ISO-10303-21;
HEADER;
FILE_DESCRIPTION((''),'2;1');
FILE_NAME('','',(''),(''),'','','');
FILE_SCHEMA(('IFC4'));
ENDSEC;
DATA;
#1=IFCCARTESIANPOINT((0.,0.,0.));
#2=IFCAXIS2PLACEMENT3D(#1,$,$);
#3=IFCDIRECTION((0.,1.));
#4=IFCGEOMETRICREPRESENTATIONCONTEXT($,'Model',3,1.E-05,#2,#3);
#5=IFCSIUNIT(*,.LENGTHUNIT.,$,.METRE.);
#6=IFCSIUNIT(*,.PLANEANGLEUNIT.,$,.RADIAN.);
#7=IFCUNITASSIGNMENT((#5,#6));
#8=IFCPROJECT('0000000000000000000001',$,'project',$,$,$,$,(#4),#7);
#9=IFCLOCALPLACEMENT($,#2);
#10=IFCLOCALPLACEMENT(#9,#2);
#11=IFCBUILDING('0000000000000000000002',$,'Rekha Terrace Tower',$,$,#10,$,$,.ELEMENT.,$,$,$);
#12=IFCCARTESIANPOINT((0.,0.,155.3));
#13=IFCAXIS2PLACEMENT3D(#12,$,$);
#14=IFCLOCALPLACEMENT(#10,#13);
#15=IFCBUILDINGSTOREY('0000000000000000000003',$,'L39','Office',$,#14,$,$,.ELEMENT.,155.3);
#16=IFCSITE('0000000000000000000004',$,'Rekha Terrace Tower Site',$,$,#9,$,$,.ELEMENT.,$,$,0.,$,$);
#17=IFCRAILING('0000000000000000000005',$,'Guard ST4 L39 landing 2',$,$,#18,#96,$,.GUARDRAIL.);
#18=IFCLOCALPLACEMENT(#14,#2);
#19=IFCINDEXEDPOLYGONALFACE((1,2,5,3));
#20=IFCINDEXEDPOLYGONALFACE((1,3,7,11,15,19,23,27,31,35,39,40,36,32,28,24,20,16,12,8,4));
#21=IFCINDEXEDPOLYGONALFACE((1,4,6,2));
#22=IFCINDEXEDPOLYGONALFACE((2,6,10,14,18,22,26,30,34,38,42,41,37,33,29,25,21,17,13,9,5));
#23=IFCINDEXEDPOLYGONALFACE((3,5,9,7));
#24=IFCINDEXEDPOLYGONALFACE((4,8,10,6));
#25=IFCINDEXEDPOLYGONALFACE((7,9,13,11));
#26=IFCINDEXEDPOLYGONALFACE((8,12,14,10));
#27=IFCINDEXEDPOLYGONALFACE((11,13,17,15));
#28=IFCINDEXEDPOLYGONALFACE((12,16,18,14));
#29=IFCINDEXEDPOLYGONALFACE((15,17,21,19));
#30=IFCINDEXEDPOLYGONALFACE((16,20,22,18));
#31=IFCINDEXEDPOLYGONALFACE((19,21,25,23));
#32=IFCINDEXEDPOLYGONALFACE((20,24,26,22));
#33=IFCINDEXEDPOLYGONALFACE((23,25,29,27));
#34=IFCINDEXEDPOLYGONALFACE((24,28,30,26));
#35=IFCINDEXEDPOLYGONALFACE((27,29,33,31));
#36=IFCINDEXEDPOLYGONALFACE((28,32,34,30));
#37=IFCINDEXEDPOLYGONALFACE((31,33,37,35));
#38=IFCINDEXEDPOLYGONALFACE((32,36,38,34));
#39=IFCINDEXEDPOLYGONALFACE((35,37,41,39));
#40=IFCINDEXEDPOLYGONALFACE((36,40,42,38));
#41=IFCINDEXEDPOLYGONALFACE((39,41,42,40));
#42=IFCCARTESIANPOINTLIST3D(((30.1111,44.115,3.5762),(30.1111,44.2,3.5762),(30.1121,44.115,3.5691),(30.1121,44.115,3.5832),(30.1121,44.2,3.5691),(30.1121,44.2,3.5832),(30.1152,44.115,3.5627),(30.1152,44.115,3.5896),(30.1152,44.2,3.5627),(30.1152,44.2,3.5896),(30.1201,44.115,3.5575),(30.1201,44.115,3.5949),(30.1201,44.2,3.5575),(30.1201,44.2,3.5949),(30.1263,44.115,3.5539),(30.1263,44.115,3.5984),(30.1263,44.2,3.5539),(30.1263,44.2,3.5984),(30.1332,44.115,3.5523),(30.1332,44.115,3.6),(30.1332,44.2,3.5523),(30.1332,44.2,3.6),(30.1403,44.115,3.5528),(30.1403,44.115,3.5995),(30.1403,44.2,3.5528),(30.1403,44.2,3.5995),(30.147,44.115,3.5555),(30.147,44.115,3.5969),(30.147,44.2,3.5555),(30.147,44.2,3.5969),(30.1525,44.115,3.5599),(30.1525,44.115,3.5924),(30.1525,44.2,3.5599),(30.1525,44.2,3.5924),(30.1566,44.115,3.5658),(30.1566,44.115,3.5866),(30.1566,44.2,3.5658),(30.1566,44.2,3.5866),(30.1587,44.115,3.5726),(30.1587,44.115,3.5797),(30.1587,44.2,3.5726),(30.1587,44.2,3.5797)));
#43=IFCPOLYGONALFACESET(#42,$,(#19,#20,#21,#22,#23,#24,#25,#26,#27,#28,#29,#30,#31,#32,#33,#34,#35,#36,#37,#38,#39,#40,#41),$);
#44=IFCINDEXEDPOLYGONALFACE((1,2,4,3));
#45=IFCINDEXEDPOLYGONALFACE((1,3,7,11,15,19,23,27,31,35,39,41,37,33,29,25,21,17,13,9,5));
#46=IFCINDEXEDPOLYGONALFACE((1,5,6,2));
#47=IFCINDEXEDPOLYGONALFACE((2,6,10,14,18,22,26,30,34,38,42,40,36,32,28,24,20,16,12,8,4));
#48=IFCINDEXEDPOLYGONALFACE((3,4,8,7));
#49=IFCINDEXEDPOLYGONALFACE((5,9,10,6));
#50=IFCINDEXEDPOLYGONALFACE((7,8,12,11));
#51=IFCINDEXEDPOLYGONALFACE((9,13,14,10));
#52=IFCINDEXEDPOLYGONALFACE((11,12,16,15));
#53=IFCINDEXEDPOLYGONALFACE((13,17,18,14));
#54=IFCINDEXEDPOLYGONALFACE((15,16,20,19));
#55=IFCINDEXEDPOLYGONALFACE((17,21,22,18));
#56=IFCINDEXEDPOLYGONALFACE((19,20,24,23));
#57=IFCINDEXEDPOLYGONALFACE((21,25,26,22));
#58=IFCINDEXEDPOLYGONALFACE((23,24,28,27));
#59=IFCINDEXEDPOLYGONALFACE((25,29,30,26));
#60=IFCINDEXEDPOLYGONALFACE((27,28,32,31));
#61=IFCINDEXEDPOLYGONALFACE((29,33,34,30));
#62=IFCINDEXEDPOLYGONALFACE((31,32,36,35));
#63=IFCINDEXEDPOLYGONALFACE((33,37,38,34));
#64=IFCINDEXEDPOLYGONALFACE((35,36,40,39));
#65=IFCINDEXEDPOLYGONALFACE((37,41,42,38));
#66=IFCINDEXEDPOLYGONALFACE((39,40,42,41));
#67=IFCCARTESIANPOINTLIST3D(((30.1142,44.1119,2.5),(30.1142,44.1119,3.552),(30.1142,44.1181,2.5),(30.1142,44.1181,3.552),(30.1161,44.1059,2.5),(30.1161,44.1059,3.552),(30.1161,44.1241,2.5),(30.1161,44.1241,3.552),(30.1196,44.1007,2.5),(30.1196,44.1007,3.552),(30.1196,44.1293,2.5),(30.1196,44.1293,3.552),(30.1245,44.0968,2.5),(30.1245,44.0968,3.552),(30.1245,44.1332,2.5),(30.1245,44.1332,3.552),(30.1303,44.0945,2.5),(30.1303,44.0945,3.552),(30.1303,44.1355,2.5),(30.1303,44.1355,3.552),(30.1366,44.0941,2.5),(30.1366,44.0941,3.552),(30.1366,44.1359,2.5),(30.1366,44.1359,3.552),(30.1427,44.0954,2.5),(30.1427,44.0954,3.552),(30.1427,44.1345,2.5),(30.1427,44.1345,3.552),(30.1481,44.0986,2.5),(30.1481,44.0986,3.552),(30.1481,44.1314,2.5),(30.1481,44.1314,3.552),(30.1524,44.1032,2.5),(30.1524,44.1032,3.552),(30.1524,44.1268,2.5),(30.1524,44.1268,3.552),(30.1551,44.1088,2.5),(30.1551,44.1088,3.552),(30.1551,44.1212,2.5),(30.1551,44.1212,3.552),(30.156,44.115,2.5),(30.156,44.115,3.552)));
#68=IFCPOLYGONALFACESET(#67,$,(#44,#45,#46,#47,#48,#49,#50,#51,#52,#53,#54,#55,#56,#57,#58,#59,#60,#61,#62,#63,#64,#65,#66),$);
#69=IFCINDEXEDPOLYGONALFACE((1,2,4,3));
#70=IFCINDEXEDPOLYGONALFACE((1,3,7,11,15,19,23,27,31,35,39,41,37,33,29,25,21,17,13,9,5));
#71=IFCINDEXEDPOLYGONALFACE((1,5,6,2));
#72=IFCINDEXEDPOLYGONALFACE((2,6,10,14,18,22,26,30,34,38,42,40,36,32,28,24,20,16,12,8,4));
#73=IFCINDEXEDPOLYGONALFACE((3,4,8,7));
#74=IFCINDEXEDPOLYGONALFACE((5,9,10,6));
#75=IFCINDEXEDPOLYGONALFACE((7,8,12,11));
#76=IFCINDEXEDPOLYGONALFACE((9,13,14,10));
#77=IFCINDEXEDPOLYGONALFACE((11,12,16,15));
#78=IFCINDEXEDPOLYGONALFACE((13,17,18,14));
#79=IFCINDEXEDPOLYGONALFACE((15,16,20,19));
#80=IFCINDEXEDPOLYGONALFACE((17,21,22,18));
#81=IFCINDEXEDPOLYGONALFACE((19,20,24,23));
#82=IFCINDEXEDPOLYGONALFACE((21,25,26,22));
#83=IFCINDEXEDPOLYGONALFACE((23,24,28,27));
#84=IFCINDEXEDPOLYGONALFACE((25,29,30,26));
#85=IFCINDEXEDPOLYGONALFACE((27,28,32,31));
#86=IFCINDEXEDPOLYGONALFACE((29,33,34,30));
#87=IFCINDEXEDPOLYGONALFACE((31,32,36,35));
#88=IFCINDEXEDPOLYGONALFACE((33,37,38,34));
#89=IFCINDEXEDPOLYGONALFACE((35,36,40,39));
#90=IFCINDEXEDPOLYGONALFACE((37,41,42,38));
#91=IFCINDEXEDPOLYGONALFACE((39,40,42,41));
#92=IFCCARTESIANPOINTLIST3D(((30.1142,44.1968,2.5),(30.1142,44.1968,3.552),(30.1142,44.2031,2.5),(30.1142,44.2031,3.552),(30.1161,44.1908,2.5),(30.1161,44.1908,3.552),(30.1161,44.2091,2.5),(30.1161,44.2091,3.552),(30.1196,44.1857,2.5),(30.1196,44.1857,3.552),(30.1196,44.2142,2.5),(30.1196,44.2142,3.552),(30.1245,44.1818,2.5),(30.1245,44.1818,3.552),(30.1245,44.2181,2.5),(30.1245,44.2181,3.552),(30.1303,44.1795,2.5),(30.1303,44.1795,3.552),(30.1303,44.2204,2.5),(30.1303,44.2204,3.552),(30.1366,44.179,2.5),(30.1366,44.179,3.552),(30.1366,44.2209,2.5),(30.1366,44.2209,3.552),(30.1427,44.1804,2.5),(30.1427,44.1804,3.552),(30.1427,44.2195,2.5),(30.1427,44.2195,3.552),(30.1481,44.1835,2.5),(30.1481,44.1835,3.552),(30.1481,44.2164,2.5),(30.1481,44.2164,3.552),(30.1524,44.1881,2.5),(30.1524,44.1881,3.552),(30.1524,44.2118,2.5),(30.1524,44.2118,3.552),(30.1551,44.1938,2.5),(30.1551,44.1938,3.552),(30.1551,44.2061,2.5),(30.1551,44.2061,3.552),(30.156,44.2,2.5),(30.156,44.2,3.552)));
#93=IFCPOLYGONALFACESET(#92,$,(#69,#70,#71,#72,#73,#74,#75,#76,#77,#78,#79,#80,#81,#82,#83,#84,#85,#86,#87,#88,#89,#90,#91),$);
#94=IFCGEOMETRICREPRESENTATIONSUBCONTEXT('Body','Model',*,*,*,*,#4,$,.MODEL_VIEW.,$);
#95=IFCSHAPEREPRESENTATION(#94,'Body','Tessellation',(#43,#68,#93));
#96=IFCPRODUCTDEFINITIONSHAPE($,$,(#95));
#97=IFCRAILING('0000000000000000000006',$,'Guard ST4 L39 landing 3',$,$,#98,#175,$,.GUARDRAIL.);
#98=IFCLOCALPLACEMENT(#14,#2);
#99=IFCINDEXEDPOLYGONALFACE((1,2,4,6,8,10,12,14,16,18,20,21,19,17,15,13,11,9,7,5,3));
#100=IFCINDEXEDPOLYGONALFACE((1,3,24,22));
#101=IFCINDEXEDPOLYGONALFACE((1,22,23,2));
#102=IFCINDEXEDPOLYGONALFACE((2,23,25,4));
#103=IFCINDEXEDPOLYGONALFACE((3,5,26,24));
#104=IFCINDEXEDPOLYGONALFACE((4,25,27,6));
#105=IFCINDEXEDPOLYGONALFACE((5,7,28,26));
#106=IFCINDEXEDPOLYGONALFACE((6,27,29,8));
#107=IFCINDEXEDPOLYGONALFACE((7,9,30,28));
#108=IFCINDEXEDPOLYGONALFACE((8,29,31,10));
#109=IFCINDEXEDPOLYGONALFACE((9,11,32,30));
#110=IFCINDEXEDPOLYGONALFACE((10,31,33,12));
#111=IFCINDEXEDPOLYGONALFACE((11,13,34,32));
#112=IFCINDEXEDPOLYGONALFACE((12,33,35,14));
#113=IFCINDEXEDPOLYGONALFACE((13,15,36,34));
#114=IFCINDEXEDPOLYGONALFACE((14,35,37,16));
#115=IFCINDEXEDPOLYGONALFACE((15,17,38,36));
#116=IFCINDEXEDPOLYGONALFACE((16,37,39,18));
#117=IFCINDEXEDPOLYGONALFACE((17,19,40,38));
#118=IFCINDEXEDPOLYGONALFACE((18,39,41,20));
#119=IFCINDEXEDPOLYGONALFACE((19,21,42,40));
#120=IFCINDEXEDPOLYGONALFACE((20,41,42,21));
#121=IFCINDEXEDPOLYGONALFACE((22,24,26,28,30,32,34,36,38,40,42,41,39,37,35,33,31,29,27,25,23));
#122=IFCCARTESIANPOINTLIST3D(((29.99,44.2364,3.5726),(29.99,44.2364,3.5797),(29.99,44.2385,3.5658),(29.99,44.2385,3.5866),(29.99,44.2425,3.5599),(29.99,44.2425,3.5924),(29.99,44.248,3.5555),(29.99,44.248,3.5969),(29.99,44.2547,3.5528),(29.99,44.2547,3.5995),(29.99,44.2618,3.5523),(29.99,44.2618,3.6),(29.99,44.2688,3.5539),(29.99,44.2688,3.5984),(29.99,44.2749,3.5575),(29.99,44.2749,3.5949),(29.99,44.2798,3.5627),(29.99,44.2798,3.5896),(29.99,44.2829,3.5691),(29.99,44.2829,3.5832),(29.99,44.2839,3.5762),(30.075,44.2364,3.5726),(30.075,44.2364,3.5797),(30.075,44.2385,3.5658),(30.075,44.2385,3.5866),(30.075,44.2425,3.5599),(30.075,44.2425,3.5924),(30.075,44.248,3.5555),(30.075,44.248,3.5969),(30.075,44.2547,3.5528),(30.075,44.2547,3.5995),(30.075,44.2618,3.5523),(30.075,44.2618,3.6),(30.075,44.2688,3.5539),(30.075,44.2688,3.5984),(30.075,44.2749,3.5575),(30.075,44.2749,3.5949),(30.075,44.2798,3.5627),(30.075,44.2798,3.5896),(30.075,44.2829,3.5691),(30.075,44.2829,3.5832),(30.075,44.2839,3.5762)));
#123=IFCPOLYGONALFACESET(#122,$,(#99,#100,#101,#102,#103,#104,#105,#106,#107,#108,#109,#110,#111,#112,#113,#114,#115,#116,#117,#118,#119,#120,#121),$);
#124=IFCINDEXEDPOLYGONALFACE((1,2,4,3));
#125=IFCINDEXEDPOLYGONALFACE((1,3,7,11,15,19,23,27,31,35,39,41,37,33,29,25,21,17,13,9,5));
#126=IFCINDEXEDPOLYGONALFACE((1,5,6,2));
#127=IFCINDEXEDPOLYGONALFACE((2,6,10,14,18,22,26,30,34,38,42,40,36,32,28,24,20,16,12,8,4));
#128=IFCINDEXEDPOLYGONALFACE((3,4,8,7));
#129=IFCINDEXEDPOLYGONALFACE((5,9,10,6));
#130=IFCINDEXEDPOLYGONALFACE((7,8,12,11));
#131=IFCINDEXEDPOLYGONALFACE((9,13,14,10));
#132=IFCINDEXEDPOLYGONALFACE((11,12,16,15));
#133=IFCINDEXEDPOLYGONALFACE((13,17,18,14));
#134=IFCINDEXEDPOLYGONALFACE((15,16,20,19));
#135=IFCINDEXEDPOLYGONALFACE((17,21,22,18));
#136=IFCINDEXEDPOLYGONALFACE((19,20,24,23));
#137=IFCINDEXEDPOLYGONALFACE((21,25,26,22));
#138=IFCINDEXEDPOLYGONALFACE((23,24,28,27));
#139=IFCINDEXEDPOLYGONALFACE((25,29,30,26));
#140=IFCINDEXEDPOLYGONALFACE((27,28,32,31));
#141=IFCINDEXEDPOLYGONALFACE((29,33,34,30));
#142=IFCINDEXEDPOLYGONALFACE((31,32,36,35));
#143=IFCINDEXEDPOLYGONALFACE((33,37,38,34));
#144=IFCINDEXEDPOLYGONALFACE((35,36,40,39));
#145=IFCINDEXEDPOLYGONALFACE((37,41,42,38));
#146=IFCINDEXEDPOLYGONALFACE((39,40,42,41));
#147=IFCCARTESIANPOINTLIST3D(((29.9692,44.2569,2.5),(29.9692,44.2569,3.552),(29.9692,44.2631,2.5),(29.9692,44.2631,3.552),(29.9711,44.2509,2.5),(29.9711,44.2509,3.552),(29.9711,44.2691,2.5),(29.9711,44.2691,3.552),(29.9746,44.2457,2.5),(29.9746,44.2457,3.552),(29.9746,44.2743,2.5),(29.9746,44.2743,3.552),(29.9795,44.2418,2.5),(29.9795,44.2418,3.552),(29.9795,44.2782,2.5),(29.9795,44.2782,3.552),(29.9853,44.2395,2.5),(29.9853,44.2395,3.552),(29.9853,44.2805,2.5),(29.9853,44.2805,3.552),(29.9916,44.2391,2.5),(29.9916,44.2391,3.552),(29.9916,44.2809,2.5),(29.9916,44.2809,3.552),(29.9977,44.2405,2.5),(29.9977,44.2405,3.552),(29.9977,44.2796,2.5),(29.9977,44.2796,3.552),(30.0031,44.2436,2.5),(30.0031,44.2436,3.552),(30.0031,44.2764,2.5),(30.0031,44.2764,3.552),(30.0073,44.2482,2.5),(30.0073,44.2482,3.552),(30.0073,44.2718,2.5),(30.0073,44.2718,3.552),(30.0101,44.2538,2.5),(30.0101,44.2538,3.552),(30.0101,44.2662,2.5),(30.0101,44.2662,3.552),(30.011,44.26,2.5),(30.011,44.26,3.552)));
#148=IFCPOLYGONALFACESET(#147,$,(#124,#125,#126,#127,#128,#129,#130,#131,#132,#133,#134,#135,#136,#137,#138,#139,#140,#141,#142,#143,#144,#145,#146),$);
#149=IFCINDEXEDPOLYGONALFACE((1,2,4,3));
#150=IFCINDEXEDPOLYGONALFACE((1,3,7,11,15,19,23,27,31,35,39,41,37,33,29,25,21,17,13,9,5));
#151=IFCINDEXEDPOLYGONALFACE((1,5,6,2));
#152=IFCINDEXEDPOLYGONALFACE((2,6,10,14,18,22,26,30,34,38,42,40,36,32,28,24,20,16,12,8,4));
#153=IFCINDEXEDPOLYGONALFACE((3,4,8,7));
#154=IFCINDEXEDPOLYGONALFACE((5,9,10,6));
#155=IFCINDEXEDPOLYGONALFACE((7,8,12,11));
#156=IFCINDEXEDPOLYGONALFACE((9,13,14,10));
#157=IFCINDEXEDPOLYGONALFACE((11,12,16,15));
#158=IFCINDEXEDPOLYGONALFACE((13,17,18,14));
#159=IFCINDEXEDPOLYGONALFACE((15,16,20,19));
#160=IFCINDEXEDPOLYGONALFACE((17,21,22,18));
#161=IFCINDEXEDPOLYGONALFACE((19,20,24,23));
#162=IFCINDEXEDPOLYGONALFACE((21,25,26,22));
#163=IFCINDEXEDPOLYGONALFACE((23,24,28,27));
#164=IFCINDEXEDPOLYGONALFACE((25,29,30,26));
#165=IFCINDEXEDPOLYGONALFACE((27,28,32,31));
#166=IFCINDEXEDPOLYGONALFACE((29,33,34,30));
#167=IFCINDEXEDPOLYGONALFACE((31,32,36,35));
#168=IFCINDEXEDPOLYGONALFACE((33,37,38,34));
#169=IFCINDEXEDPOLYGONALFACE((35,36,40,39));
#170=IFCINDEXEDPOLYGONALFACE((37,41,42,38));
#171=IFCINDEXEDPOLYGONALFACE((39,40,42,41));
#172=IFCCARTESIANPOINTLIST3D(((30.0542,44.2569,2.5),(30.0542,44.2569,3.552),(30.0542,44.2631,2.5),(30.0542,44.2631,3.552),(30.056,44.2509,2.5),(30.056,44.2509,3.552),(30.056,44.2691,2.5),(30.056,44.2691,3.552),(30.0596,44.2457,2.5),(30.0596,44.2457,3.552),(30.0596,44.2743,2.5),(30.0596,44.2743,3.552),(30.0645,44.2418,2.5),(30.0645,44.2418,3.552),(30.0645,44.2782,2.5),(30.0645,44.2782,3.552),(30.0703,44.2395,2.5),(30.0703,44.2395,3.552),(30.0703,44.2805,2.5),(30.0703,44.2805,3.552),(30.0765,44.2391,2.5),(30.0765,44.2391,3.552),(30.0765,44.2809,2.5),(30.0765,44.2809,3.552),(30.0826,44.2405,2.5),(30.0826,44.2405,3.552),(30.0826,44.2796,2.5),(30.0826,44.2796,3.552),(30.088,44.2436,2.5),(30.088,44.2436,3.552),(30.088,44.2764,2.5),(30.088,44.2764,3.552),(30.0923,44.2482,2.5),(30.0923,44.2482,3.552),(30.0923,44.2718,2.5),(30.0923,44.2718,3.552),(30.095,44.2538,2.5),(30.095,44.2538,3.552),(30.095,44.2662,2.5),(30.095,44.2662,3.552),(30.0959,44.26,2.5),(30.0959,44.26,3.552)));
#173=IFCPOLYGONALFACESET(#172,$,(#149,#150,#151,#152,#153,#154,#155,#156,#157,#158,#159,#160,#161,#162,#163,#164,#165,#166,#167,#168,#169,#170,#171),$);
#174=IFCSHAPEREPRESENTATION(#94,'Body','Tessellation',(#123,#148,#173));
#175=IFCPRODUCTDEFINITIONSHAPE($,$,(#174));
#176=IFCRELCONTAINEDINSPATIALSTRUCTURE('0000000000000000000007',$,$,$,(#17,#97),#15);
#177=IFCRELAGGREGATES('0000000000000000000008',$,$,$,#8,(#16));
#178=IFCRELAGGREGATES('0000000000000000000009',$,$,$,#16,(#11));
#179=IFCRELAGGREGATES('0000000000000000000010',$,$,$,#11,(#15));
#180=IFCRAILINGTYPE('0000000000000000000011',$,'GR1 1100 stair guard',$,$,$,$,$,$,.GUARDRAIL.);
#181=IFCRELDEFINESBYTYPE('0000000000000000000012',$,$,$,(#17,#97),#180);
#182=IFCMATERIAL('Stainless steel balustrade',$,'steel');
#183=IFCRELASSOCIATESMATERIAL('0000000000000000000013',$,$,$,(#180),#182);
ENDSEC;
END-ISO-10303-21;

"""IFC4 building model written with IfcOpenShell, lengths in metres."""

from ifc_helpers import new_model, si_unit, direction, frame, origin, origin_2d, place, context, subcontext, project, spatial, circle, extrude, material, type_object, element, save


model = new_model("IFC4")

# Units and contexts
model_context = context("Model", 3, precision=1e-05, world=origin(), true_north=direction((0.0, 1.0)))
body_context = subcontext(model_context, "Body", "Model", "MODEL_VIEW")
ifc_project = project(units=[si_unit("LENGTHUNIT", "METRE"), si_unit("PLANEANGLEUNIT", "RADIAN")], contexts=[model_context])

# Site, building, storey
site_placement = place(None, origin())
site = spatial("IfcSite", under=ifc_project, at=site_placement, Name="Rekha Terrace Tower Site", CompositionType="ELEMENT", RefElevation=0.0)
building_placement = place(site_placement, origin())
building = spatial("IfcBuilding", under=site, at=building_placement, Name="Rekha Terrace Tower", CompositionType="ELEMENT")
storey_placement = place(building_placement, frame((0.0, 0.0, 155.3)))
storey = spatial("IfcBuildingStorey", under=building, at=storey_placement, Name="L39", Description="Office", CompositionType="ELEMENT", Elevation=155.3)

# Railings
ifc_material_1 = material(Name="Stainless steel balustrade", Category="steel")
railing_type_1 = type_object("IfcRailingType", Name="GR1 1100 stair guard", PredefinedType="GUARDRAIL", material=ifc_material_1)
railing_1_placement = place(storey_placement, frame((30.135, 44.115, 2.5)))
element("IfcRailing", 1, at=railing_1_placement, inside=storey, type_object=railing_type_1, Name="Guard ST4 L39 landing 2", PredefinedType="GUARDRAIL", context=body_context, shape_type="SweptSolid", body=[
    extrude(circle(Radius=0.0239, at=origin_2d()), frame((0.0, 0.0, 1.0762), z_axis=(0.0, 1.0, 0.0), x_axis=(-1.0, 0.0, 0.0)), (0.0, 0.0, 1.0), 0.085),
    extrude(circle(Radius=0.021, at=origin_2d()), origin(), (0.0, 0.0, 1.0), 1.052),
    extrude(circle(Radius=0.021, at=origin_2d()), frame((0.0, 0.085, 0.0)), (0.0, 0.0, 1.0), 1.052),
])
railing_2_placement = place(storey_placement, frame((29.99, 44.26, 2.5)))
element("IfcRailing", 2, at=railing_2_placement, inside=storey, type_object=railing_type_1, Name="Guard ST4 L39 landing 3", PredefinedType="GUARDRAIL", context=body_context, shape_type="SweptSolid", body=[
    extrude(circle(Radius=0.0239, at=origin_2d()), frame((0.0, 0.0, 1.0762), z_axis=(1.0, 0.0, 0.0), x_axis=(0.0, 1.0, 0.0)), (0.0, 0.0, 1.0), 0.085),
    extrude(circle(Radius=0.021, at=origin_2d()), origin(), (0.0, 0.0, 1.0), 1.052),
    extrude(circle(Radius=0.021, at=origin_2d()), frame((0.085, 0.0, 0.0)), (0.0, 0.0, 1.0), 1.052),
])

save(model, "model.ifc")
